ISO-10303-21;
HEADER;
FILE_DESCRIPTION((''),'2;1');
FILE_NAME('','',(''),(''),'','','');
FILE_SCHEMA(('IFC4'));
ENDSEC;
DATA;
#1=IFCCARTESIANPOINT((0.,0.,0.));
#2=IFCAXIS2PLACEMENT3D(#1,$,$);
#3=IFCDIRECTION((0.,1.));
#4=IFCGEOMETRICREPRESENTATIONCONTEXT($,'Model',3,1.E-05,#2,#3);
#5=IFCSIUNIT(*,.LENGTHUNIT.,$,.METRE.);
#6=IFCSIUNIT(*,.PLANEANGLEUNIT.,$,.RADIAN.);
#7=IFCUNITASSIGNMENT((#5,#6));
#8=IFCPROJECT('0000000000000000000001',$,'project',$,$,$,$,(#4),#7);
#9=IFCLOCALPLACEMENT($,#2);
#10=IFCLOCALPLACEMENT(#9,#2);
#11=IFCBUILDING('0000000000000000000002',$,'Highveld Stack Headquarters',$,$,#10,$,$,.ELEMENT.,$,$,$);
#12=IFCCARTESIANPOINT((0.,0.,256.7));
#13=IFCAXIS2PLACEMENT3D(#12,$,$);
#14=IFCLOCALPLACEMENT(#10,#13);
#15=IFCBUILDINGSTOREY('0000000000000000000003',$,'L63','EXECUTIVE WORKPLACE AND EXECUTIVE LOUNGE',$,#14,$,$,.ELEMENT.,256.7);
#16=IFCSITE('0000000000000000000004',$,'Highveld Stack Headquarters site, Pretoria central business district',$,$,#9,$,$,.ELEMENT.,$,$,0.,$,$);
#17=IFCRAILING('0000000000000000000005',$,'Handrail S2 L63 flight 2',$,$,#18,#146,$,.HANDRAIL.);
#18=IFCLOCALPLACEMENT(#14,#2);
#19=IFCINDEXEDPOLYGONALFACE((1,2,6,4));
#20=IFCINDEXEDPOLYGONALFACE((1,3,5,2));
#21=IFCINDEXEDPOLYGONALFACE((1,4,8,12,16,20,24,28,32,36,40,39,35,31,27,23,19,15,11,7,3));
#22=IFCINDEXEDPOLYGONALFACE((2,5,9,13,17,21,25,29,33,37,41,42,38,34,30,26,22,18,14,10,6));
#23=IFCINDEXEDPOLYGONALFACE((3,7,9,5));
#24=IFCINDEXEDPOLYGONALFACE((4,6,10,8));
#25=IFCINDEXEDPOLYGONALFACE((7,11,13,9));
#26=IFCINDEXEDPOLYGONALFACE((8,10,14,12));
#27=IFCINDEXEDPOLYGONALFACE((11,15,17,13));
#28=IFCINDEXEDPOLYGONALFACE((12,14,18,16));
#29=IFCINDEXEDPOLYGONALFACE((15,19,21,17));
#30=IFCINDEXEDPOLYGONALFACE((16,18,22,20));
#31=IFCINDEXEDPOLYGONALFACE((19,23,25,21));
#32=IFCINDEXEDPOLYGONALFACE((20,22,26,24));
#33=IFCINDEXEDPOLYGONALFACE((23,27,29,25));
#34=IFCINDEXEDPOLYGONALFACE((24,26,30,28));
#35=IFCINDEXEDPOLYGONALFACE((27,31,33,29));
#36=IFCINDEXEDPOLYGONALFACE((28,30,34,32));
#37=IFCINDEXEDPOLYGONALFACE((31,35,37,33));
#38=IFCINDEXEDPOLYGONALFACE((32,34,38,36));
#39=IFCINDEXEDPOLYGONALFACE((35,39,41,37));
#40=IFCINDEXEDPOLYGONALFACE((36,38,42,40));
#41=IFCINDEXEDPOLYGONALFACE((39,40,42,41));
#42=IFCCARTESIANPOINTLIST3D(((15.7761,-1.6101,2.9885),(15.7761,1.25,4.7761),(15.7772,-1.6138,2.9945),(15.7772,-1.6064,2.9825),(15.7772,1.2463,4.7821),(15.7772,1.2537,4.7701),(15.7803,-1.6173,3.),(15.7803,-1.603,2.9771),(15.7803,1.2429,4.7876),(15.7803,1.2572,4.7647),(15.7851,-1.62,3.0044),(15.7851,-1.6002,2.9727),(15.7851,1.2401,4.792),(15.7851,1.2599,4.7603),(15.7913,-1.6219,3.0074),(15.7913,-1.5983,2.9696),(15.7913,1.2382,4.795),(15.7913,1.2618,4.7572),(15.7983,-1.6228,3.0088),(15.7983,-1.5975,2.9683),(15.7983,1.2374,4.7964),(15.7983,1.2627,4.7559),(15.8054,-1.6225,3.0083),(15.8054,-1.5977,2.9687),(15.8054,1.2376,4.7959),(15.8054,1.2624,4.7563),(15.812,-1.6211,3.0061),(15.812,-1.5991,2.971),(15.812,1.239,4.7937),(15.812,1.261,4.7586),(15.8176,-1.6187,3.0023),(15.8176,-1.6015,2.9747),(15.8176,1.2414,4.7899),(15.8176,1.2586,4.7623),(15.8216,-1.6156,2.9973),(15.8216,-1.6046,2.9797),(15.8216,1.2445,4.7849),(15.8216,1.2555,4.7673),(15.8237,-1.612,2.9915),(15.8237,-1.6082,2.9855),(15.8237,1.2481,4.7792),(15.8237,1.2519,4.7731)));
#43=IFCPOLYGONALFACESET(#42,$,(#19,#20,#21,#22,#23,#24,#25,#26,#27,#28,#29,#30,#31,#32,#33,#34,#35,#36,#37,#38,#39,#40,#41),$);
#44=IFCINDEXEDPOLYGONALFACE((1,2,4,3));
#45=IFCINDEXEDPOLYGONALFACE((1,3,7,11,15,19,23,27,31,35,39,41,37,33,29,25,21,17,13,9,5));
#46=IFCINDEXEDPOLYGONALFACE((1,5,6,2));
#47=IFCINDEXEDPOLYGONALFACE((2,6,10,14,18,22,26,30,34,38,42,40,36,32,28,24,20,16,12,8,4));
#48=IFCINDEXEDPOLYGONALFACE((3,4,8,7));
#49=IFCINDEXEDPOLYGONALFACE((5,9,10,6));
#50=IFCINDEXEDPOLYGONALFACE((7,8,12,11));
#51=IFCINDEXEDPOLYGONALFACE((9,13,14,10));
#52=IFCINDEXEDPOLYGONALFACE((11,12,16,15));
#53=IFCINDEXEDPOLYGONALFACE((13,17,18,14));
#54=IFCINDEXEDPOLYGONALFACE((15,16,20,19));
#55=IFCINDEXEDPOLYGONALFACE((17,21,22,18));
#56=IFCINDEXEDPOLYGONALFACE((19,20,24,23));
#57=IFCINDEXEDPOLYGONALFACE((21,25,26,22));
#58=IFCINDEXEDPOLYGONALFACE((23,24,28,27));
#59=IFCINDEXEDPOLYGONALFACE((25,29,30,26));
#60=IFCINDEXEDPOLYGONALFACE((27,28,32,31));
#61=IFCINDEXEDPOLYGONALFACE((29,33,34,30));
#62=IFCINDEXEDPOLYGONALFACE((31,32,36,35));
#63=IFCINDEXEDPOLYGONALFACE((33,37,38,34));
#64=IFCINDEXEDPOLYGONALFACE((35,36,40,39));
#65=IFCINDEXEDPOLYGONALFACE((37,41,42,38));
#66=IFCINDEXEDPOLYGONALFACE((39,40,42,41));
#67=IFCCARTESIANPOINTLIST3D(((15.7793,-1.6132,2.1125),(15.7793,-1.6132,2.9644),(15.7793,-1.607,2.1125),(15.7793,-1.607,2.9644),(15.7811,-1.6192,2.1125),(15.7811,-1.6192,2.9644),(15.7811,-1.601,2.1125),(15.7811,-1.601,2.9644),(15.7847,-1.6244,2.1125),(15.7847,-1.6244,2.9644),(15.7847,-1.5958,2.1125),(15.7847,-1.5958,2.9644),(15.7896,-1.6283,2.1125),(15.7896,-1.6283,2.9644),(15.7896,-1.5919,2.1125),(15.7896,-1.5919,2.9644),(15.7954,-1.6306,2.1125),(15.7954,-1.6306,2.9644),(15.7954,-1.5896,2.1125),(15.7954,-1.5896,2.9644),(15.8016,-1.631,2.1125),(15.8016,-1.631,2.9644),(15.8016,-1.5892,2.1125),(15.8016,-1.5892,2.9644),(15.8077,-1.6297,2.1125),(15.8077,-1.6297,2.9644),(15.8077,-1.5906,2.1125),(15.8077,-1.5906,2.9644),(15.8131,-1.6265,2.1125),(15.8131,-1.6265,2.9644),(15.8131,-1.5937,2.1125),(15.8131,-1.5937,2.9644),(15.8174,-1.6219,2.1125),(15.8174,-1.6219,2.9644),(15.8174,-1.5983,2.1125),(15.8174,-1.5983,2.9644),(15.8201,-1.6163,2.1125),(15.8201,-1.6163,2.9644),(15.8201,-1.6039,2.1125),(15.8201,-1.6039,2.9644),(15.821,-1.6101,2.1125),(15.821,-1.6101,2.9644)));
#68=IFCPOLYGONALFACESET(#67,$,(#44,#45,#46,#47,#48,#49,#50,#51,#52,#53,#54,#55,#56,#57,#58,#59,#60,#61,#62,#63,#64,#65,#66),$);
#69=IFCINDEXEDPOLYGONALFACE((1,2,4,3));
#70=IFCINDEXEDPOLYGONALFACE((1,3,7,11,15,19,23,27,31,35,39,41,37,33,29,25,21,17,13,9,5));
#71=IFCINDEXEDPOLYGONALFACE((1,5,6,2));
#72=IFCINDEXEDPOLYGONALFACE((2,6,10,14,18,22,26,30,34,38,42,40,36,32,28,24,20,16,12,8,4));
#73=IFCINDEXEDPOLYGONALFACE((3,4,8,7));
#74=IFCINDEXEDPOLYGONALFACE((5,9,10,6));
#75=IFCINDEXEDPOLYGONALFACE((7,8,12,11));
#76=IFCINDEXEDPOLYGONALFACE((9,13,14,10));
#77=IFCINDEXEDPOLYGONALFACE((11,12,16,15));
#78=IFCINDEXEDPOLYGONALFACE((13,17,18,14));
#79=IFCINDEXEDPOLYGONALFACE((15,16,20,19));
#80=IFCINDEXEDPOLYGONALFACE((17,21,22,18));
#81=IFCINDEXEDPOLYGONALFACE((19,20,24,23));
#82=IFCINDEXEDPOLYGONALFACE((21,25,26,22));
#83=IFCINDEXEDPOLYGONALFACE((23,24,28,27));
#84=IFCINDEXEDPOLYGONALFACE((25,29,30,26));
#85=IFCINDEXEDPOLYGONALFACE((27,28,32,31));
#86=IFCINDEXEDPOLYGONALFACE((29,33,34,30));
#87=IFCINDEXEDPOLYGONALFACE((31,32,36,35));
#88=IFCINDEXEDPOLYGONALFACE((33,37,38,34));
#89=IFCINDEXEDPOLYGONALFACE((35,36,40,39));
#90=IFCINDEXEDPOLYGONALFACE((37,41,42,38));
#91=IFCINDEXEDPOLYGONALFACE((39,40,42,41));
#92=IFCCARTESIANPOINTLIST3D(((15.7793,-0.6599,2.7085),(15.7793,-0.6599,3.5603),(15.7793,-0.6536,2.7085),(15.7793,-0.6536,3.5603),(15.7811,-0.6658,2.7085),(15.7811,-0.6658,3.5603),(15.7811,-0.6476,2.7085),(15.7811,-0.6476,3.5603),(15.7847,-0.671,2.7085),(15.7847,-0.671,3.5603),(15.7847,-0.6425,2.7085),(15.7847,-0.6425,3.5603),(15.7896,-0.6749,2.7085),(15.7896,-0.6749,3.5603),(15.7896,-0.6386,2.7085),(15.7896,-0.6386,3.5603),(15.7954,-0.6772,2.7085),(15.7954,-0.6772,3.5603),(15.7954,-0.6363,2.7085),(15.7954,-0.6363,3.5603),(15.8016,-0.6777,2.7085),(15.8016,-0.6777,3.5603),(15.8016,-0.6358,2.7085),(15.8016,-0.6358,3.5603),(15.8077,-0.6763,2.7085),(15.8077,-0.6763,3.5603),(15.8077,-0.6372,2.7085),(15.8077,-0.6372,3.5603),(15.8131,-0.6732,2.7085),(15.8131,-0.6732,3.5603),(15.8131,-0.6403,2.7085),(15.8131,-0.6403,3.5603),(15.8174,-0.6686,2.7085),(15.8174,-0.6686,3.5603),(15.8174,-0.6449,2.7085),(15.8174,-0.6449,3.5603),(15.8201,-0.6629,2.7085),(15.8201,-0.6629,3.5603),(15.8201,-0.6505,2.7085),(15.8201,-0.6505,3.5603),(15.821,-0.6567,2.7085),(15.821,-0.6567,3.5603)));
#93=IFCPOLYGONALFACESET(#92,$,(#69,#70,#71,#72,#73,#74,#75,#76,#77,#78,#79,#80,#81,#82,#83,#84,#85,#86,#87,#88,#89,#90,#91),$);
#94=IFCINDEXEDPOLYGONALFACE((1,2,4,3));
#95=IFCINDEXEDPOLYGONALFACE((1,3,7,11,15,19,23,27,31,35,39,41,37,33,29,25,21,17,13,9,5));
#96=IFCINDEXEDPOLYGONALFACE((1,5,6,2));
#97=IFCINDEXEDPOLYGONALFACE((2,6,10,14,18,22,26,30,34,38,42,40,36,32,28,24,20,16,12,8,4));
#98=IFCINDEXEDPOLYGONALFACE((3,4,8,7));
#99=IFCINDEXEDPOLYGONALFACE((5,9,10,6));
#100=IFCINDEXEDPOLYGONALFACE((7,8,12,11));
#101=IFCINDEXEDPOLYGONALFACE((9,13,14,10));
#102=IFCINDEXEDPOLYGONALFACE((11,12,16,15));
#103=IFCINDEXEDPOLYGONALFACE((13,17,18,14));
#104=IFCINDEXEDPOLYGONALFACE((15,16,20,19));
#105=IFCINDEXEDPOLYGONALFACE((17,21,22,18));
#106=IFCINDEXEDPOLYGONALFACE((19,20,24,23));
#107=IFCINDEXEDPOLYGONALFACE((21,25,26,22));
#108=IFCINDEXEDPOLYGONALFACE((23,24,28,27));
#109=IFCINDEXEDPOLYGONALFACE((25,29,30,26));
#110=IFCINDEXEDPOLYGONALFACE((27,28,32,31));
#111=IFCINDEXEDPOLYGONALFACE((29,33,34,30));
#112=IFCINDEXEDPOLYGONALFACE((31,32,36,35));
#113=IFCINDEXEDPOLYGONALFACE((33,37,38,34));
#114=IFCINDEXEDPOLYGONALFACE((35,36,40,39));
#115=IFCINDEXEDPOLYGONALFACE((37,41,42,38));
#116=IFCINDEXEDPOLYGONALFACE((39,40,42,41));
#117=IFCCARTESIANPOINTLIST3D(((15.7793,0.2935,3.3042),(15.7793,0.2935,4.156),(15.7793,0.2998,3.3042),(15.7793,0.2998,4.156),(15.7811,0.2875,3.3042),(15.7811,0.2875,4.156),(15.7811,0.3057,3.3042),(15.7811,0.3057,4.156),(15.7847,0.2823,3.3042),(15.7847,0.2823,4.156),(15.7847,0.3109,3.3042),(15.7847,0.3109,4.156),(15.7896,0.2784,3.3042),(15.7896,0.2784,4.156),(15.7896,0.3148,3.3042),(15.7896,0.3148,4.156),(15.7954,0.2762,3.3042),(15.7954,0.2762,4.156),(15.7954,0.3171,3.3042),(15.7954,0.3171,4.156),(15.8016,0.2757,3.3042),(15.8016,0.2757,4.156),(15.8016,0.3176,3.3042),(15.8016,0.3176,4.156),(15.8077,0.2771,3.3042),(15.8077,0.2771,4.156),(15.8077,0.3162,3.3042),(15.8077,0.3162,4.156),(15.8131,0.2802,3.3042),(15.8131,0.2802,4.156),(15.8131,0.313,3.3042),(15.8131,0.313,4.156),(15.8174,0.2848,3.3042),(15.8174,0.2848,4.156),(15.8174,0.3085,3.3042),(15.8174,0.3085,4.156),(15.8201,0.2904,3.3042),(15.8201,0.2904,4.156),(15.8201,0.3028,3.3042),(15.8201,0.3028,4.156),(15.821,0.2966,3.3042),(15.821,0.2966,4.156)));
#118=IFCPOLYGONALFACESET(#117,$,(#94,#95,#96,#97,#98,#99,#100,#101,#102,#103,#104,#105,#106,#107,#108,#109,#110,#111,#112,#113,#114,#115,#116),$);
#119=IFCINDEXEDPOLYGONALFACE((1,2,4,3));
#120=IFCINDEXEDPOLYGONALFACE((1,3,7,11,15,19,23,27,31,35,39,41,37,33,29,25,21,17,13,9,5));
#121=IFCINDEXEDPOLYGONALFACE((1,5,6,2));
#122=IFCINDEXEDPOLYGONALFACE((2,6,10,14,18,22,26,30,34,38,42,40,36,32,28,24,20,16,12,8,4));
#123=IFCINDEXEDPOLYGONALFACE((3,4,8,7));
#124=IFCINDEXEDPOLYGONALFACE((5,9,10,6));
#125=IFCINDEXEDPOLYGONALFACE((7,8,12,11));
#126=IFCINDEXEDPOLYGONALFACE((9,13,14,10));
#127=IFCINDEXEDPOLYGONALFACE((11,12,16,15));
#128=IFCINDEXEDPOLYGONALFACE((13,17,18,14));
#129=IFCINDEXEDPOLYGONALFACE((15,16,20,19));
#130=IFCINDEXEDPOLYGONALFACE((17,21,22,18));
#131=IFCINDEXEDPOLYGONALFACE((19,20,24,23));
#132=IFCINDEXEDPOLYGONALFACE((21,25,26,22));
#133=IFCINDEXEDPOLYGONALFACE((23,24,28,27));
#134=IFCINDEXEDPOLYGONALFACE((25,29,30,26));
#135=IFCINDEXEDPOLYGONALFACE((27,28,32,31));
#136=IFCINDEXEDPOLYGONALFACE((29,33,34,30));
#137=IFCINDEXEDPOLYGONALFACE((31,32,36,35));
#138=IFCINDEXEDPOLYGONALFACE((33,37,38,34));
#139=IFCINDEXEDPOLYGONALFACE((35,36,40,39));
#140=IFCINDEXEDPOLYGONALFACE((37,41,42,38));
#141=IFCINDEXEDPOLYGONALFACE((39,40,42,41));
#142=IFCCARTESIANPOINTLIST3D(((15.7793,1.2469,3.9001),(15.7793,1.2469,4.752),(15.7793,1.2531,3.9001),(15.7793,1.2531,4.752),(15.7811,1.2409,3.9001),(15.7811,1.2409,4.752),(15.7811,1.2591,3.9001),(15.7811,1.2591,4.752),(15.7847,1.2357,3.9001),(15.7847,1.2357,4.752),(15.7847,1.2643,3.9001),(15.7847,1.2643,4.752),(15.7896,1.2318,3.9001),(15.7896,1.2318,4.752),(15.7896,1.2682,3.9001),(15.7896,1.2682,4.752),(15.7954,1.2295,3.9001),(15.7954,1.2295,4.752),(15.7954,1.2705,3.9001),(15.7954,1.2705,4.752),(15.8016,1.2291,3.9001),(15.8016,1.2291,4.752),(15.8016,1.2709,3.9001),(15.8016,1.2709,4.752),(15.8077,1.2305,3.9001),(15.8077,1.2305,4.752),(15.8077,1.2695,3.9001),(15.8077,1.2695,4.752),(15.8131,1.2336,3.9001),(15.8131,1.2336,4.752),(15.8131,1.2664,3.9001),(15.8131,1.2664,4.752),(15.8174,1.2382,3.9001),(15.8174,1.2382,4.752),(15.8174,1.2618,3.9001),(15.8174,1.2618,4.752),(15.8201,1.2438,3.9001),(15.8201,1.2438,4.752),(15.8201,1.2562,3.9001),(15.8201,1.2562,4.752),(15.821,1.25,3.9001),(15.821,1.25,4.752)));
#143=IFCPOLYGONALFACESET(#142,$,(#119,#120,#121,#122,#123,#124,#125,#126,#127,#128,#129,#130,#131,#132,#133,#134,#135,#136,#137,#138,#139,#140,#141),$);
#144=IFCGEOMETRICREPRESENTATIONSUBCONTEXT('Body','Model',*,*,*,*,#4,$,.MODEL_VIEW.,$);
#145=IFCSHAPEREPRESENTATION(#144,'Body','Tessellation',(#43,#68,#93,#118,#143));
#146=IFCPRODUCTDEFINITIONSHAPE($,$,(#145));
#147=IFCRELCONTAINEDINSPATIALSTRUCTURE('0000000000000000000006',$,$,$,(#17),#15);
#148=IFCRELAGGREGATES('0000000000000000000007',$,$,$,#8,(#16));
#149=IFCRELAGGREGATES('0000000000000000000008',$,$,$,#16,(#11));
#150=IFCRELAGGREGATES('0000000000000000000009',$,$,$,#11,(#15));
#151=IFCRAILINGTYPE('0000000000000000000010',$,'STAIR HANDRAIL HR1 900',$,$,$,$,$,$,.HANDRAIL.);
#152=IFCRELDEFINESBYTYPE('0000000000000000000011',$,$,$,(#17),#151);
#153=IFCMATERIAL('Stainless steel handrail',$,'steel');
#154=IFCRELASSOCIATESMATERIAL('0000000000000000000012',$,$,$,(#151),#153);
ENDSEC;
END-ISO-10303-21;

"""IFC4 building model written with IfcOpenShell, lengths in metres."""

from ifc_helpers import new_model, si_unit, direction, frame, origin, origin_2d, place, context, subcontext, project, spatial, circle, extrude, material, type_object, element, save


model = new_model("IFC4")

# Units and contexts
model_context = context("Model", 3, precision=1e-05, world=origin(), true_north=direction((0.0, 1.0)))
body_context = subcontext(model_context, "Body", "Model", "MODEL_VIEW")
ifc_project = project(units=[si_unit("LENGTHUNIT", "METRE"), si_unit("PLANEANGLEUNIT", "RADIAN")], contexts=[model_context])

# Site, building, storey
site_placement = place(None, origin())
site = spatial("IfcSite", under=ifc_project, at=site_placement, Name="Highveld Stack Headquarters site, Pretoria central business district", CompositionType="ELEMENT", RefElevation=0.0)
building_placement = place(site_placement, origin())
building = spatial("IfcBuilding", under=site, at=building_placement, Name="Highveld Stack Headquarters", CompositionType="ELEMENT")
storey_placement = place(building_placement, frame((0.0, 0.0, 256.7)))
storey = spatial("IfcBuildingStorey", under=building, at=storey_placement, Name="L63", Description="EXECUTIVE WORKPLACE AND EXECUTIVE LOUNGE", CompositionType="ELEMENT", Elevation=256.7)

# Railing
ifc_material_1 = material(Name="Stainless steel handrail", Category="steel")
railing_type = type_object("IfcRailingType", Name="STAIR HANDRAIL HR1 900", PredefinedType="HANDRAIL", material=ifc_material_1)
for number, where, name in (
    (1, (15.8, -1.6101, 2.1125), "Handrail S2 L63 flight 2"),
):
    element("IfcRailing", number, at=place(storey_placement, frame(where)), inside=storey, type_object=railing_type, Name=name, PredefinedType="HANDRAIL", context=body_context, shape_type="SweptSolid", body=[
        extrude(circle(Radius=0.0239, at=origin_2d()), frame((0.0, 0.0, 0.876), z_axis=(0.0, 0.847994, 0.530005), x_axis=(-1.0, 0.0, 0.0)), (0.0, 0.0, 1.0), 3.3728),
        extrude(circle(Radius=0.021, at=origin_2d()), origin(), (0.0, 0.0, 1.0), 0.8518),
        extrude(circle(Radius=0.021, at=origin_2d()), frame((0.0, 0.9534, 0.5959)), (0.0, 0.0, 1.0), 0.8518),
        extrude(circle(Radius=0.021, at=origin_2d()), frame((0.0, 1.9067, 1.1917)), (0.0, 0.0, 1.0), 0.8518),
        extrude(circle(Radius=0.021, at=origin_2d()), frame((0.0, 2.8601, 1.7876)), (0.0, 0.0, 1.0), 0.8518),
    ])

save(model, "model.ifc")
